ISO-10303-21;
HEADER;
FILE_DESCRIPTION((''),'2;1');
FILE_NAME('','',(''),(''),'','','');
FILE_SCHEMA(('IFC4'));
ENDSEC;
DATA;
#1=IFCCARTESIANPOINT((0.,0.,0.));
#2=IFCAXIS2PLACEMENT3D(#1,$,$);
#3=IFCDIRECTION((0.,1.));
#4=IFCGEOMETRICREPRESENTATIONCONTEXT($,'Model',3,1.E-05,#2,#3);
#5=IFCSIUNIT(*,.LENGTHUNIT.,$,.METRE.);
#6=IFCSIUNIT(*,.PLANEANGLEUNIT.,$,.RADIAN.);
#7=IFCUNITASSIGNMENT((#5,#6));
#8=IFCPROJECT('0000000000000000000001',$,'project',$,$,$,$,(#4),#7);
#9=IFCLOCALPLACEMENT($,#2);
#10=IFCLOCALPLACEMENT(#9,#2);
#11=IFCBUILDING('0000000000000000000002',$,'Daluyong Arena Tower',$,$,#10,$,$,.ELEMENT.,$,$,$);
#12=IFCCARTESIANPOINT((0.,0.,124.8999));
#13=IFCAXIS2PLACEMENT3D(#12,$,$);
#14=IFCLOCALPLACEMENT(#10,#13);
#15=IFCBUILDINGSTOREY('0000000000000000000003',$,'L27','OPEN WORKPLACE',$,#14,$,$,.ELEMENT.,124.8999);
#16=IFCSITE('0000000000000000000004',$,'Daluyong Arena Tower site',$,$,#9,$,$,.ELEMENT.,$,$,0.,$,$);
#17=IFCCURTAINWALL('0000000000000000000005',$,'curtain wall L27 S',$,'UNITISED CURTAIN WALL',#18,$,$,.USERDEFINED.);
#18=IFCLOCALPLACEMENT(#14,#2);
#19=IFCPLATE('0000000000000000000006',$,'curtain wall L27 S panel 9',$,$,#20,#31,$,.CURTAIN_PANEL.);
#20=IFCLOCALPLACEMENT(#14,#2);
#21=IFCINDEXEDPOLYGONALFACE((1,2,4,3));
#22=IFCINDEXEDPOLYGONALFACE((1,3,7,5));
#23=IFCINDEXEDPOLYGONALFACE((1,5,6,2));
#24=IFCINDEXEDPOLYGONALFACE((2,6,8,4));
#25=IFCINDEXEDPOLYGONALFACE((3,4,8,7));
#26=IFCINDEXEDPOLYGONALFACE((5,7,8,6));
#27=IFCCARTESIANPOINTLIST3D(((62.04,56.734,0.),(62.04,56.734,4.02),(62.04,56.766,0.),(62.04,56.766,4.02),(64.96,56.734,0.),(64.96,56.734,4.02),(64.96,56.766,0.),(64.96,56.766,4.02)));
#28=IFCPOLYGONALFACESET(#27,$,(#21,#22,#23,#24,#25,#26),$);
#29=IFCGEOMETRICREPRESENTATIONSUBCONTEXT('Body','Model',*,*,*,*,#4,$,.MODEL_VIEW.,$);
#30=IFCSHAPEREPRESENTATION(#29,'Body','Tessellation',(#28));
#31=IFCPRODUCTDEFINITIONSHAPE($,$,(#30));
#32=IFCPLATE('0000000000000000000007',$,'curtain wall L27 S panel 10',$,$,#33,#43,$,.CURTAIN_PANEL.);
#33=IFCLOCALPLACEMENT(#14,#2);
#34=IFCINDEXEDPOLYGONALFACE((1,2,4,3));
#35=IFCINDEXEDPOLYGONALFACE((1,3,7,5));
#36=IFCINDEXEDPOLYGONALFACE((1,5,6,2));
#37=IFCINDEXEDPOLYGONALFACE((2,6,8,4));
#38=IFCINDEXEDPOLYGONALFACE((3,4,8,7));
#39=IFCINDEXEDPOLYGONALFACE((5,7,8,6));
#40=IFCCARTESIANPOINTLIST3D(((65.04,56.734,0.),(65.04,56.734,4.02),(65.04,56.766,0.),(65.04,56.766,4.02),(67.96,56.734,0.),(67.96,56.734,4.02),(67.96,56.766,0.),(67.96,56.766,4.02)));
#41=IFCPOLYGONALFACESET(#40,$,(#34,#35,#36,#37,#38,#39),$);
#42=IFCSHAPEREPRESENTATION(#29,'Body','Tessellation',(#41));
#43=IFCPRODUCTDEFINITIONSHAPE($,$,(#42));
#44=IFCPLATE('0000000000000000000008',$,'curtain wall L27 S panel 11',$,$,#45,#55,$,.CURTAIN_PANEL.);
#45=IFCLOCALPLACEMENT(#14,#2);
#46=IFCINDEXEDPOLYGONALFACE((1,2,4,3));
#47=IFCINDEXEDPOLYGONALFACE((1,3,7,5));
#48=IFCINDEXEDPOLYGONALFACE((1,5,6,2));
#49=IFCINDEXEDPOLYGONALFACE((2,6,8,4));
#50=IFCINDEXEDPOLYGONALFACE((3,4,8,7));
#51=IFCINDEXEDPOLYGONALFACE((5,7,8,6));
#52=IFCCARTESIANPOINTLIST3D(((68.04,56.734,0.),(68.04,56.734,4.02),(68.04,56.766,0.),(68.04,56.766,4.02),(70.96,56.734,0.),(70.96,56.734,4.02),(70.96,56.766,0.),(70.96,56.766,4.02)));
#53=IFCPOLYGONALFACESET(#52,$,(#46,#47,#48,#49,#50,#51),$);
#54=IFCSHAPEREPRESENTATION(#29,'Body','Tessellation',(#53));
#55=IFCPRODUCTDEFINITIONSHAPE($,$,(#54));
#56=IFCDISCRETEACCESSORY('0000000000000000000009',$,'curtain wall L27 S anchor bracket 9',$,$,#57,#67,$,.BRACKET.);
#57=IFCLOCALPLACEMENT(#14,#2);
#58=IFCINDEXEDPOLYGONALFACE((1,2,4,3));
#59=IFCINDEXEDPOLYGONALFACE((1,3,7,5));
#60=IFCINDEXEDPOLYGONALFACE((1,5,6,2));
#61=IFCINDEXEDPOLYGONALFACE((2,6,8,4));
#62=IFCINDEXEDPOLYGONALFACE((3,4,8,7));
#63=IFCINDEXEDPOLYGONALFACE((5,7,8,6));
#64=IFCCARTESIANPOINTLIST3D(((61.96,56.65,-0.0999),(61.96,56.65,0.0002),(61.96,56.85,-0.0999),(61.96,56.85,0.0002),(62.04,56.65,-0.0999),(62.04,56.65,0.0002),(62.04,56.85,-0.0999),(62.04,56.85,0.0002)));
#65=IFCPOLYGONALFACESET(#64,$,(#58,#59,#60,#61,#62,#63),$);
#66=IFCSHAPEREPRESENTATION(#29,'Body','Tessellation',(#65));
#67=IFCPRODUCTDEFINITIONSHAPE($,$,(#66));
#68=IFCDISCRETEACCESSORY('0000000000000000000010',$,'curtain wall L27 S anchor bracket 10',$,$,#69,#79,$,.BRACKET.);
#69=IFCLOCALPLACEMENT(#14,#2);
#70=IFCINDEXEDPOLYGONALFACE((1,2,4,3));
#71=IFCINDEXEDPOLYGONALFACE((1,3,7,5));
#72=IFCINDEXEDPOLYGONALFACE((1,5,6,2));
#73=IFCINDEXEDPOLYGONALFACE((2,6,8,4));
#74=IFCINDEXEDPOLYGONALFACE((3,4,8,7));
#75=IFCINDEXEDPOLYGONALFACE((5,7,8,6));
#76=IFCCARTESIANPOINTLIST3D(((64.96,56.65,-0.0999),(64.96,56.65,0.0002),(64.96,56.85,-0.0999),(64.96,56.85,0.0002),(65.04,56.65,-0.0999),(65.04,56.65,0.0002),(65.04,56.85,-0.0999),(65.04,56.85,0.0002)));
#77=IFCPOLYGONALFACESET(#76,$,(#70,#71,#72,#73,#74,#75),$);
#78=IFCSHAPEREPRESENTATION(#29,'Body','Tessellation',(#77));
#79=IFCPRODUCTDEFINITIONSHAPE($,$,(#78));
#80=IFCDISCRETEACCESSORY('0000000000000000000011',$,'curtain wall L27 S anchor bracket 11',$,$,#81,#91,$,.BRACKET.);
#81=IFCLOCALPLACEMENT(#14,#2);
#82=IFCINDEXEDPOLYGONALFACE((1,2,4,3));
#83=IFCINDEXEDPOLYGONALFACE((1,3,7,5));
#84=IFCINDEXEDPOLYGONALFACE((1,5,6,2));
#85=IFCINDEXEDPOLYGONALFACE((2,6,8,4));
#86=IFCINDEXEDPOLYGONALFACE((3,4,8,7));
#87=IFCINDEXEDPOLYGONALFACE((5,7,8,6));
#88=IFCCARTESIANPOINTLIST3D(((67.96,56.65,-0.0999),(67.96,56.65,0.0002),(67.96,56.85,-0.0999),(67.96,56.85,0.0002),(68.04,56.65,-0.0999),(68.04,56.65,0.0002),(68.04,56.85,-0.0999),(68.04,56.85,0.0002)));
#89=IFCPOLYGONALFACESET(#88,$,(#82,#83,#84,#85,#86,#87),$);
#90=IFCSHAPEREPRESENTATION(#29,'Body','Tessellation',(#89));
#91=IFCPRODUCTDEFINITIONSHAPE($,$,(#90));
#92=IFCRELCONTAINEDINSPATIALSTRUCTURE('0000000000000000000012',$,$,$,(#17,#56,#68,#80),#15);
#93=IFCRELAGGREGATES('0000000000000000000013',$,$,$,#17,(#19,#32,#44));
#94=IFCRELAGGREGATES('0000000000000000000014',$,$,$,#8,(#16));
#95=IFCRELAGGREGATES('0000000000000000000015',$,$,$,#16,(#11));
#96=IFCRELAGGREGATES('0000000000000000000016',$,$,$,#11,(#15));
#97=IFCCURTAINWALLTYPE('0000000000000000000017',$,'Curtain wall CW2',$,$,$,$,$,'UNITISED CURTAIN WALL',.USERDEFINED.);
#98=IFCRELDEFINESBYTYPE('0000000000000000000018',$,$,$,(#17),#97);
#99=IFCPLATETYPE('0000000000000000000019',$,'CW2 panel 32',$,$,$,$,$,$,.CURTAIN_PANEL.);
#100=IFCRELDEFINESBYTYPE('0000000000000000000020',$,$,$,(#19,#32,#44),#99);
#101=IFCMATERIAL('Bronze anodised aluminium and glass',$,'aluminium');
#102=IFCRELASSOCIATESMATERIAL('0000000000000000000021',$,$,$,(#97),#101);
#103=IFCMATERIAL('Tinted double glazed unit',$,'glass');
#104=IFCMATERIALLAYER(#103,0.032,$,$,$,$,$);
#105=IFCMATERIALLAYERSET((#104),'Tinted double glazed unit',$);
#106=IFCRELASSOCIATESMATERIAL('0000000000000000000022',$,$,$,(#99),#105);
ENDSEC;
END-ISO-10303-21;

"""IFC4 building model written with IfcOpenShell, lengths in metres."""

from ifc_helpers import new_model, si_unit, direction, frame, origin, origin_2d, place, context, subcontext, project, spatial, rectangle, extrude, material, layer, layer_set, type_object, element, aggregate, save


model = new_model("IFC4")

# Units and contexts
model_context = context("Model", 3, precision=1e-05, world=origin(), true_north=direction((0.0, 1.0)))
body_context = subcontext(model_context, "Body", "Model", "MODEL_VIEW")
ifc_project = project(units=[si_unit("LENGTHUNIT", "METRE"), si_unit("PLANEANGLEUNIT", "RADIAN")], contexts=[model_context])

# Site, building, storey
site_placement = place(None, origin())
site = spatial("IfcSite", under=ifc_project, at=site_placement, Name="Daluyong Arena Tower site", CompositionType="ELEMENT", RefElevation=0.0)
building_placement = place(site_placement, origin())
building = spatial("IfcBuilding", under=site, at=building_placement, Name="Daluyong Arena Tower", CompositionType="ELEMENT")
storey_placement = place(building_placement, frame((0.0, 0.0, 124.8999)))
storey = spatial("IfcBuildingStorey", under=building, at=storey_placement, Name="L27", Description="OPEN WORKPLACE", CompositionType="ELEMENT", Elevation=124.8999)

# Curtain wall
ifc_material_1 = material(Name="Bronze anodised aluminium and glass", Category="aluminium")
curtain_wall_type = type_object("IfcCurtainWallType", Name="Curtain wall CW2", ElementType="UNITISED CURTAIN WALL", PredefinedType="USERDEFINED", material=ifc_material_1)
curtain_wall_placement = place(storey_placement, origin())
curtain_wall = element("IfcCurtainWall", 1, at=curtain_wall_placement, inside=storey, type_object=curtain_wall_type, Name="curtain wall L27 S", ObjectType="UNITISED CURTAIN WALL", PredefinedType="USERDEFINED")

# Plates
ifc_material_2 = material(Name="Tinted double glazed unit", Category="glass")
ifc_layer = layer(ifc_material_2, 0.032)
ifc_layer_set = layer_set([ifc_layer], Name="Tinted double glazed unit")
plate_type = type_object("IfcPlateType", Name="CW2 panel 32", PredefinedType="CURTAIN_PANEL", material=ifc_layer_set)
plate_1_placement = place(storey_placement, frame((63.5, 56.75, 0.0), z_axis=(0.0, 0.0, 1.0), x_axis=(1.0, 0.0, 0.0)))
plate_1 = element("IfcPlate", 2, at=plate_1_placement, type_object=plate_type, Name="curtain wall L27 S panel 9", PredefinedType="CURTAIN_PANEL", context=body_context, shape_type="SweptSolid", body=[
    extrude(rectangle(XDim=2.9199, YDim=0.032, at=origin_2d()), origin(), (0.0, 0.0, 1.0), 4.02),
])
plate_2_placement = place(storey_placement, frame((66.5, 56.75, 0.0), z_axis=(0.0, 0.0, 1.0), x_axis=(1.0, 0.0, 0.0)))
plate_2 = element("IfcPlate", 3, at=plate_2_placement, type_object=plate_type, Name="curtain wall L27 S panel 10", PredefinedType="CURTAIN_PANEL", context=body_context, shape_type="SweptSolid", body=[
    extrude(rectangle(XDim=2.9199, YDim=0.032, at=origin_2d()), origin(), (0.0, 0.0, 1.0), 4.02),
])
plate_3_placement = place(storey_placement, frame((69.5, 56.75, 0.0), z_axis=(0.0, 0.0, 1.0), x_axis=(1.0, 0.0, 0.0)))
plate_3 = element("IfcPlate", 4, at=plate_3_placement, type_object=plate_type, Name="curtain wall L27 S panel 11", PredefinedType="CURTAIN_PANEL", context=body_context, shape_type="SweptSolid", body=[
    extrude(rectangle(XDim=2.9199, YDim=0.032, at=origin_2d()), origin(), (0.0, 0.0, 1.0), 4.02),
])
aggregate(curtain_wall, [plate_1, plate_2, plate_3])

# Discrete accessories
for number, where, z_axis, x_axis, name in (
    (5, (62.0, 56.75, -0.0999), (0.0, 0.0, 1.0), (1.0, 0.0, 0.0), "curtain wall L27 S anchor bracket 9"),
    (6, (65.0, 56.75, -0.0999), (0.0, 0.0, 1.0), (1.0, 0.0, 0.0), "curtain wall L27 S anchor bracket 10"),
    (7, (68.0, 56.75, -0.0999), (0.0, 0.0, 1.0), (1.0, 0.0, 0.0), "curtain wall L27 S anchor bracket 11"),
):
    element("IfcDiscreteAccessory", number, at=place(storey_placement, frame(where, z_axis=z_axis, x_axis=x_axis)), inside=storey, Name=name, PredefinedType="BRACKET", context=body_context, shape_type="SweptSolid", body=[
        extrude(rectangle(XDim=0.0801, YDim=0.2, at=origin_2d()), origin(), (0.0, 0.0, 1.0), 0.1001),
    ])

save(model, "model.ifc")
